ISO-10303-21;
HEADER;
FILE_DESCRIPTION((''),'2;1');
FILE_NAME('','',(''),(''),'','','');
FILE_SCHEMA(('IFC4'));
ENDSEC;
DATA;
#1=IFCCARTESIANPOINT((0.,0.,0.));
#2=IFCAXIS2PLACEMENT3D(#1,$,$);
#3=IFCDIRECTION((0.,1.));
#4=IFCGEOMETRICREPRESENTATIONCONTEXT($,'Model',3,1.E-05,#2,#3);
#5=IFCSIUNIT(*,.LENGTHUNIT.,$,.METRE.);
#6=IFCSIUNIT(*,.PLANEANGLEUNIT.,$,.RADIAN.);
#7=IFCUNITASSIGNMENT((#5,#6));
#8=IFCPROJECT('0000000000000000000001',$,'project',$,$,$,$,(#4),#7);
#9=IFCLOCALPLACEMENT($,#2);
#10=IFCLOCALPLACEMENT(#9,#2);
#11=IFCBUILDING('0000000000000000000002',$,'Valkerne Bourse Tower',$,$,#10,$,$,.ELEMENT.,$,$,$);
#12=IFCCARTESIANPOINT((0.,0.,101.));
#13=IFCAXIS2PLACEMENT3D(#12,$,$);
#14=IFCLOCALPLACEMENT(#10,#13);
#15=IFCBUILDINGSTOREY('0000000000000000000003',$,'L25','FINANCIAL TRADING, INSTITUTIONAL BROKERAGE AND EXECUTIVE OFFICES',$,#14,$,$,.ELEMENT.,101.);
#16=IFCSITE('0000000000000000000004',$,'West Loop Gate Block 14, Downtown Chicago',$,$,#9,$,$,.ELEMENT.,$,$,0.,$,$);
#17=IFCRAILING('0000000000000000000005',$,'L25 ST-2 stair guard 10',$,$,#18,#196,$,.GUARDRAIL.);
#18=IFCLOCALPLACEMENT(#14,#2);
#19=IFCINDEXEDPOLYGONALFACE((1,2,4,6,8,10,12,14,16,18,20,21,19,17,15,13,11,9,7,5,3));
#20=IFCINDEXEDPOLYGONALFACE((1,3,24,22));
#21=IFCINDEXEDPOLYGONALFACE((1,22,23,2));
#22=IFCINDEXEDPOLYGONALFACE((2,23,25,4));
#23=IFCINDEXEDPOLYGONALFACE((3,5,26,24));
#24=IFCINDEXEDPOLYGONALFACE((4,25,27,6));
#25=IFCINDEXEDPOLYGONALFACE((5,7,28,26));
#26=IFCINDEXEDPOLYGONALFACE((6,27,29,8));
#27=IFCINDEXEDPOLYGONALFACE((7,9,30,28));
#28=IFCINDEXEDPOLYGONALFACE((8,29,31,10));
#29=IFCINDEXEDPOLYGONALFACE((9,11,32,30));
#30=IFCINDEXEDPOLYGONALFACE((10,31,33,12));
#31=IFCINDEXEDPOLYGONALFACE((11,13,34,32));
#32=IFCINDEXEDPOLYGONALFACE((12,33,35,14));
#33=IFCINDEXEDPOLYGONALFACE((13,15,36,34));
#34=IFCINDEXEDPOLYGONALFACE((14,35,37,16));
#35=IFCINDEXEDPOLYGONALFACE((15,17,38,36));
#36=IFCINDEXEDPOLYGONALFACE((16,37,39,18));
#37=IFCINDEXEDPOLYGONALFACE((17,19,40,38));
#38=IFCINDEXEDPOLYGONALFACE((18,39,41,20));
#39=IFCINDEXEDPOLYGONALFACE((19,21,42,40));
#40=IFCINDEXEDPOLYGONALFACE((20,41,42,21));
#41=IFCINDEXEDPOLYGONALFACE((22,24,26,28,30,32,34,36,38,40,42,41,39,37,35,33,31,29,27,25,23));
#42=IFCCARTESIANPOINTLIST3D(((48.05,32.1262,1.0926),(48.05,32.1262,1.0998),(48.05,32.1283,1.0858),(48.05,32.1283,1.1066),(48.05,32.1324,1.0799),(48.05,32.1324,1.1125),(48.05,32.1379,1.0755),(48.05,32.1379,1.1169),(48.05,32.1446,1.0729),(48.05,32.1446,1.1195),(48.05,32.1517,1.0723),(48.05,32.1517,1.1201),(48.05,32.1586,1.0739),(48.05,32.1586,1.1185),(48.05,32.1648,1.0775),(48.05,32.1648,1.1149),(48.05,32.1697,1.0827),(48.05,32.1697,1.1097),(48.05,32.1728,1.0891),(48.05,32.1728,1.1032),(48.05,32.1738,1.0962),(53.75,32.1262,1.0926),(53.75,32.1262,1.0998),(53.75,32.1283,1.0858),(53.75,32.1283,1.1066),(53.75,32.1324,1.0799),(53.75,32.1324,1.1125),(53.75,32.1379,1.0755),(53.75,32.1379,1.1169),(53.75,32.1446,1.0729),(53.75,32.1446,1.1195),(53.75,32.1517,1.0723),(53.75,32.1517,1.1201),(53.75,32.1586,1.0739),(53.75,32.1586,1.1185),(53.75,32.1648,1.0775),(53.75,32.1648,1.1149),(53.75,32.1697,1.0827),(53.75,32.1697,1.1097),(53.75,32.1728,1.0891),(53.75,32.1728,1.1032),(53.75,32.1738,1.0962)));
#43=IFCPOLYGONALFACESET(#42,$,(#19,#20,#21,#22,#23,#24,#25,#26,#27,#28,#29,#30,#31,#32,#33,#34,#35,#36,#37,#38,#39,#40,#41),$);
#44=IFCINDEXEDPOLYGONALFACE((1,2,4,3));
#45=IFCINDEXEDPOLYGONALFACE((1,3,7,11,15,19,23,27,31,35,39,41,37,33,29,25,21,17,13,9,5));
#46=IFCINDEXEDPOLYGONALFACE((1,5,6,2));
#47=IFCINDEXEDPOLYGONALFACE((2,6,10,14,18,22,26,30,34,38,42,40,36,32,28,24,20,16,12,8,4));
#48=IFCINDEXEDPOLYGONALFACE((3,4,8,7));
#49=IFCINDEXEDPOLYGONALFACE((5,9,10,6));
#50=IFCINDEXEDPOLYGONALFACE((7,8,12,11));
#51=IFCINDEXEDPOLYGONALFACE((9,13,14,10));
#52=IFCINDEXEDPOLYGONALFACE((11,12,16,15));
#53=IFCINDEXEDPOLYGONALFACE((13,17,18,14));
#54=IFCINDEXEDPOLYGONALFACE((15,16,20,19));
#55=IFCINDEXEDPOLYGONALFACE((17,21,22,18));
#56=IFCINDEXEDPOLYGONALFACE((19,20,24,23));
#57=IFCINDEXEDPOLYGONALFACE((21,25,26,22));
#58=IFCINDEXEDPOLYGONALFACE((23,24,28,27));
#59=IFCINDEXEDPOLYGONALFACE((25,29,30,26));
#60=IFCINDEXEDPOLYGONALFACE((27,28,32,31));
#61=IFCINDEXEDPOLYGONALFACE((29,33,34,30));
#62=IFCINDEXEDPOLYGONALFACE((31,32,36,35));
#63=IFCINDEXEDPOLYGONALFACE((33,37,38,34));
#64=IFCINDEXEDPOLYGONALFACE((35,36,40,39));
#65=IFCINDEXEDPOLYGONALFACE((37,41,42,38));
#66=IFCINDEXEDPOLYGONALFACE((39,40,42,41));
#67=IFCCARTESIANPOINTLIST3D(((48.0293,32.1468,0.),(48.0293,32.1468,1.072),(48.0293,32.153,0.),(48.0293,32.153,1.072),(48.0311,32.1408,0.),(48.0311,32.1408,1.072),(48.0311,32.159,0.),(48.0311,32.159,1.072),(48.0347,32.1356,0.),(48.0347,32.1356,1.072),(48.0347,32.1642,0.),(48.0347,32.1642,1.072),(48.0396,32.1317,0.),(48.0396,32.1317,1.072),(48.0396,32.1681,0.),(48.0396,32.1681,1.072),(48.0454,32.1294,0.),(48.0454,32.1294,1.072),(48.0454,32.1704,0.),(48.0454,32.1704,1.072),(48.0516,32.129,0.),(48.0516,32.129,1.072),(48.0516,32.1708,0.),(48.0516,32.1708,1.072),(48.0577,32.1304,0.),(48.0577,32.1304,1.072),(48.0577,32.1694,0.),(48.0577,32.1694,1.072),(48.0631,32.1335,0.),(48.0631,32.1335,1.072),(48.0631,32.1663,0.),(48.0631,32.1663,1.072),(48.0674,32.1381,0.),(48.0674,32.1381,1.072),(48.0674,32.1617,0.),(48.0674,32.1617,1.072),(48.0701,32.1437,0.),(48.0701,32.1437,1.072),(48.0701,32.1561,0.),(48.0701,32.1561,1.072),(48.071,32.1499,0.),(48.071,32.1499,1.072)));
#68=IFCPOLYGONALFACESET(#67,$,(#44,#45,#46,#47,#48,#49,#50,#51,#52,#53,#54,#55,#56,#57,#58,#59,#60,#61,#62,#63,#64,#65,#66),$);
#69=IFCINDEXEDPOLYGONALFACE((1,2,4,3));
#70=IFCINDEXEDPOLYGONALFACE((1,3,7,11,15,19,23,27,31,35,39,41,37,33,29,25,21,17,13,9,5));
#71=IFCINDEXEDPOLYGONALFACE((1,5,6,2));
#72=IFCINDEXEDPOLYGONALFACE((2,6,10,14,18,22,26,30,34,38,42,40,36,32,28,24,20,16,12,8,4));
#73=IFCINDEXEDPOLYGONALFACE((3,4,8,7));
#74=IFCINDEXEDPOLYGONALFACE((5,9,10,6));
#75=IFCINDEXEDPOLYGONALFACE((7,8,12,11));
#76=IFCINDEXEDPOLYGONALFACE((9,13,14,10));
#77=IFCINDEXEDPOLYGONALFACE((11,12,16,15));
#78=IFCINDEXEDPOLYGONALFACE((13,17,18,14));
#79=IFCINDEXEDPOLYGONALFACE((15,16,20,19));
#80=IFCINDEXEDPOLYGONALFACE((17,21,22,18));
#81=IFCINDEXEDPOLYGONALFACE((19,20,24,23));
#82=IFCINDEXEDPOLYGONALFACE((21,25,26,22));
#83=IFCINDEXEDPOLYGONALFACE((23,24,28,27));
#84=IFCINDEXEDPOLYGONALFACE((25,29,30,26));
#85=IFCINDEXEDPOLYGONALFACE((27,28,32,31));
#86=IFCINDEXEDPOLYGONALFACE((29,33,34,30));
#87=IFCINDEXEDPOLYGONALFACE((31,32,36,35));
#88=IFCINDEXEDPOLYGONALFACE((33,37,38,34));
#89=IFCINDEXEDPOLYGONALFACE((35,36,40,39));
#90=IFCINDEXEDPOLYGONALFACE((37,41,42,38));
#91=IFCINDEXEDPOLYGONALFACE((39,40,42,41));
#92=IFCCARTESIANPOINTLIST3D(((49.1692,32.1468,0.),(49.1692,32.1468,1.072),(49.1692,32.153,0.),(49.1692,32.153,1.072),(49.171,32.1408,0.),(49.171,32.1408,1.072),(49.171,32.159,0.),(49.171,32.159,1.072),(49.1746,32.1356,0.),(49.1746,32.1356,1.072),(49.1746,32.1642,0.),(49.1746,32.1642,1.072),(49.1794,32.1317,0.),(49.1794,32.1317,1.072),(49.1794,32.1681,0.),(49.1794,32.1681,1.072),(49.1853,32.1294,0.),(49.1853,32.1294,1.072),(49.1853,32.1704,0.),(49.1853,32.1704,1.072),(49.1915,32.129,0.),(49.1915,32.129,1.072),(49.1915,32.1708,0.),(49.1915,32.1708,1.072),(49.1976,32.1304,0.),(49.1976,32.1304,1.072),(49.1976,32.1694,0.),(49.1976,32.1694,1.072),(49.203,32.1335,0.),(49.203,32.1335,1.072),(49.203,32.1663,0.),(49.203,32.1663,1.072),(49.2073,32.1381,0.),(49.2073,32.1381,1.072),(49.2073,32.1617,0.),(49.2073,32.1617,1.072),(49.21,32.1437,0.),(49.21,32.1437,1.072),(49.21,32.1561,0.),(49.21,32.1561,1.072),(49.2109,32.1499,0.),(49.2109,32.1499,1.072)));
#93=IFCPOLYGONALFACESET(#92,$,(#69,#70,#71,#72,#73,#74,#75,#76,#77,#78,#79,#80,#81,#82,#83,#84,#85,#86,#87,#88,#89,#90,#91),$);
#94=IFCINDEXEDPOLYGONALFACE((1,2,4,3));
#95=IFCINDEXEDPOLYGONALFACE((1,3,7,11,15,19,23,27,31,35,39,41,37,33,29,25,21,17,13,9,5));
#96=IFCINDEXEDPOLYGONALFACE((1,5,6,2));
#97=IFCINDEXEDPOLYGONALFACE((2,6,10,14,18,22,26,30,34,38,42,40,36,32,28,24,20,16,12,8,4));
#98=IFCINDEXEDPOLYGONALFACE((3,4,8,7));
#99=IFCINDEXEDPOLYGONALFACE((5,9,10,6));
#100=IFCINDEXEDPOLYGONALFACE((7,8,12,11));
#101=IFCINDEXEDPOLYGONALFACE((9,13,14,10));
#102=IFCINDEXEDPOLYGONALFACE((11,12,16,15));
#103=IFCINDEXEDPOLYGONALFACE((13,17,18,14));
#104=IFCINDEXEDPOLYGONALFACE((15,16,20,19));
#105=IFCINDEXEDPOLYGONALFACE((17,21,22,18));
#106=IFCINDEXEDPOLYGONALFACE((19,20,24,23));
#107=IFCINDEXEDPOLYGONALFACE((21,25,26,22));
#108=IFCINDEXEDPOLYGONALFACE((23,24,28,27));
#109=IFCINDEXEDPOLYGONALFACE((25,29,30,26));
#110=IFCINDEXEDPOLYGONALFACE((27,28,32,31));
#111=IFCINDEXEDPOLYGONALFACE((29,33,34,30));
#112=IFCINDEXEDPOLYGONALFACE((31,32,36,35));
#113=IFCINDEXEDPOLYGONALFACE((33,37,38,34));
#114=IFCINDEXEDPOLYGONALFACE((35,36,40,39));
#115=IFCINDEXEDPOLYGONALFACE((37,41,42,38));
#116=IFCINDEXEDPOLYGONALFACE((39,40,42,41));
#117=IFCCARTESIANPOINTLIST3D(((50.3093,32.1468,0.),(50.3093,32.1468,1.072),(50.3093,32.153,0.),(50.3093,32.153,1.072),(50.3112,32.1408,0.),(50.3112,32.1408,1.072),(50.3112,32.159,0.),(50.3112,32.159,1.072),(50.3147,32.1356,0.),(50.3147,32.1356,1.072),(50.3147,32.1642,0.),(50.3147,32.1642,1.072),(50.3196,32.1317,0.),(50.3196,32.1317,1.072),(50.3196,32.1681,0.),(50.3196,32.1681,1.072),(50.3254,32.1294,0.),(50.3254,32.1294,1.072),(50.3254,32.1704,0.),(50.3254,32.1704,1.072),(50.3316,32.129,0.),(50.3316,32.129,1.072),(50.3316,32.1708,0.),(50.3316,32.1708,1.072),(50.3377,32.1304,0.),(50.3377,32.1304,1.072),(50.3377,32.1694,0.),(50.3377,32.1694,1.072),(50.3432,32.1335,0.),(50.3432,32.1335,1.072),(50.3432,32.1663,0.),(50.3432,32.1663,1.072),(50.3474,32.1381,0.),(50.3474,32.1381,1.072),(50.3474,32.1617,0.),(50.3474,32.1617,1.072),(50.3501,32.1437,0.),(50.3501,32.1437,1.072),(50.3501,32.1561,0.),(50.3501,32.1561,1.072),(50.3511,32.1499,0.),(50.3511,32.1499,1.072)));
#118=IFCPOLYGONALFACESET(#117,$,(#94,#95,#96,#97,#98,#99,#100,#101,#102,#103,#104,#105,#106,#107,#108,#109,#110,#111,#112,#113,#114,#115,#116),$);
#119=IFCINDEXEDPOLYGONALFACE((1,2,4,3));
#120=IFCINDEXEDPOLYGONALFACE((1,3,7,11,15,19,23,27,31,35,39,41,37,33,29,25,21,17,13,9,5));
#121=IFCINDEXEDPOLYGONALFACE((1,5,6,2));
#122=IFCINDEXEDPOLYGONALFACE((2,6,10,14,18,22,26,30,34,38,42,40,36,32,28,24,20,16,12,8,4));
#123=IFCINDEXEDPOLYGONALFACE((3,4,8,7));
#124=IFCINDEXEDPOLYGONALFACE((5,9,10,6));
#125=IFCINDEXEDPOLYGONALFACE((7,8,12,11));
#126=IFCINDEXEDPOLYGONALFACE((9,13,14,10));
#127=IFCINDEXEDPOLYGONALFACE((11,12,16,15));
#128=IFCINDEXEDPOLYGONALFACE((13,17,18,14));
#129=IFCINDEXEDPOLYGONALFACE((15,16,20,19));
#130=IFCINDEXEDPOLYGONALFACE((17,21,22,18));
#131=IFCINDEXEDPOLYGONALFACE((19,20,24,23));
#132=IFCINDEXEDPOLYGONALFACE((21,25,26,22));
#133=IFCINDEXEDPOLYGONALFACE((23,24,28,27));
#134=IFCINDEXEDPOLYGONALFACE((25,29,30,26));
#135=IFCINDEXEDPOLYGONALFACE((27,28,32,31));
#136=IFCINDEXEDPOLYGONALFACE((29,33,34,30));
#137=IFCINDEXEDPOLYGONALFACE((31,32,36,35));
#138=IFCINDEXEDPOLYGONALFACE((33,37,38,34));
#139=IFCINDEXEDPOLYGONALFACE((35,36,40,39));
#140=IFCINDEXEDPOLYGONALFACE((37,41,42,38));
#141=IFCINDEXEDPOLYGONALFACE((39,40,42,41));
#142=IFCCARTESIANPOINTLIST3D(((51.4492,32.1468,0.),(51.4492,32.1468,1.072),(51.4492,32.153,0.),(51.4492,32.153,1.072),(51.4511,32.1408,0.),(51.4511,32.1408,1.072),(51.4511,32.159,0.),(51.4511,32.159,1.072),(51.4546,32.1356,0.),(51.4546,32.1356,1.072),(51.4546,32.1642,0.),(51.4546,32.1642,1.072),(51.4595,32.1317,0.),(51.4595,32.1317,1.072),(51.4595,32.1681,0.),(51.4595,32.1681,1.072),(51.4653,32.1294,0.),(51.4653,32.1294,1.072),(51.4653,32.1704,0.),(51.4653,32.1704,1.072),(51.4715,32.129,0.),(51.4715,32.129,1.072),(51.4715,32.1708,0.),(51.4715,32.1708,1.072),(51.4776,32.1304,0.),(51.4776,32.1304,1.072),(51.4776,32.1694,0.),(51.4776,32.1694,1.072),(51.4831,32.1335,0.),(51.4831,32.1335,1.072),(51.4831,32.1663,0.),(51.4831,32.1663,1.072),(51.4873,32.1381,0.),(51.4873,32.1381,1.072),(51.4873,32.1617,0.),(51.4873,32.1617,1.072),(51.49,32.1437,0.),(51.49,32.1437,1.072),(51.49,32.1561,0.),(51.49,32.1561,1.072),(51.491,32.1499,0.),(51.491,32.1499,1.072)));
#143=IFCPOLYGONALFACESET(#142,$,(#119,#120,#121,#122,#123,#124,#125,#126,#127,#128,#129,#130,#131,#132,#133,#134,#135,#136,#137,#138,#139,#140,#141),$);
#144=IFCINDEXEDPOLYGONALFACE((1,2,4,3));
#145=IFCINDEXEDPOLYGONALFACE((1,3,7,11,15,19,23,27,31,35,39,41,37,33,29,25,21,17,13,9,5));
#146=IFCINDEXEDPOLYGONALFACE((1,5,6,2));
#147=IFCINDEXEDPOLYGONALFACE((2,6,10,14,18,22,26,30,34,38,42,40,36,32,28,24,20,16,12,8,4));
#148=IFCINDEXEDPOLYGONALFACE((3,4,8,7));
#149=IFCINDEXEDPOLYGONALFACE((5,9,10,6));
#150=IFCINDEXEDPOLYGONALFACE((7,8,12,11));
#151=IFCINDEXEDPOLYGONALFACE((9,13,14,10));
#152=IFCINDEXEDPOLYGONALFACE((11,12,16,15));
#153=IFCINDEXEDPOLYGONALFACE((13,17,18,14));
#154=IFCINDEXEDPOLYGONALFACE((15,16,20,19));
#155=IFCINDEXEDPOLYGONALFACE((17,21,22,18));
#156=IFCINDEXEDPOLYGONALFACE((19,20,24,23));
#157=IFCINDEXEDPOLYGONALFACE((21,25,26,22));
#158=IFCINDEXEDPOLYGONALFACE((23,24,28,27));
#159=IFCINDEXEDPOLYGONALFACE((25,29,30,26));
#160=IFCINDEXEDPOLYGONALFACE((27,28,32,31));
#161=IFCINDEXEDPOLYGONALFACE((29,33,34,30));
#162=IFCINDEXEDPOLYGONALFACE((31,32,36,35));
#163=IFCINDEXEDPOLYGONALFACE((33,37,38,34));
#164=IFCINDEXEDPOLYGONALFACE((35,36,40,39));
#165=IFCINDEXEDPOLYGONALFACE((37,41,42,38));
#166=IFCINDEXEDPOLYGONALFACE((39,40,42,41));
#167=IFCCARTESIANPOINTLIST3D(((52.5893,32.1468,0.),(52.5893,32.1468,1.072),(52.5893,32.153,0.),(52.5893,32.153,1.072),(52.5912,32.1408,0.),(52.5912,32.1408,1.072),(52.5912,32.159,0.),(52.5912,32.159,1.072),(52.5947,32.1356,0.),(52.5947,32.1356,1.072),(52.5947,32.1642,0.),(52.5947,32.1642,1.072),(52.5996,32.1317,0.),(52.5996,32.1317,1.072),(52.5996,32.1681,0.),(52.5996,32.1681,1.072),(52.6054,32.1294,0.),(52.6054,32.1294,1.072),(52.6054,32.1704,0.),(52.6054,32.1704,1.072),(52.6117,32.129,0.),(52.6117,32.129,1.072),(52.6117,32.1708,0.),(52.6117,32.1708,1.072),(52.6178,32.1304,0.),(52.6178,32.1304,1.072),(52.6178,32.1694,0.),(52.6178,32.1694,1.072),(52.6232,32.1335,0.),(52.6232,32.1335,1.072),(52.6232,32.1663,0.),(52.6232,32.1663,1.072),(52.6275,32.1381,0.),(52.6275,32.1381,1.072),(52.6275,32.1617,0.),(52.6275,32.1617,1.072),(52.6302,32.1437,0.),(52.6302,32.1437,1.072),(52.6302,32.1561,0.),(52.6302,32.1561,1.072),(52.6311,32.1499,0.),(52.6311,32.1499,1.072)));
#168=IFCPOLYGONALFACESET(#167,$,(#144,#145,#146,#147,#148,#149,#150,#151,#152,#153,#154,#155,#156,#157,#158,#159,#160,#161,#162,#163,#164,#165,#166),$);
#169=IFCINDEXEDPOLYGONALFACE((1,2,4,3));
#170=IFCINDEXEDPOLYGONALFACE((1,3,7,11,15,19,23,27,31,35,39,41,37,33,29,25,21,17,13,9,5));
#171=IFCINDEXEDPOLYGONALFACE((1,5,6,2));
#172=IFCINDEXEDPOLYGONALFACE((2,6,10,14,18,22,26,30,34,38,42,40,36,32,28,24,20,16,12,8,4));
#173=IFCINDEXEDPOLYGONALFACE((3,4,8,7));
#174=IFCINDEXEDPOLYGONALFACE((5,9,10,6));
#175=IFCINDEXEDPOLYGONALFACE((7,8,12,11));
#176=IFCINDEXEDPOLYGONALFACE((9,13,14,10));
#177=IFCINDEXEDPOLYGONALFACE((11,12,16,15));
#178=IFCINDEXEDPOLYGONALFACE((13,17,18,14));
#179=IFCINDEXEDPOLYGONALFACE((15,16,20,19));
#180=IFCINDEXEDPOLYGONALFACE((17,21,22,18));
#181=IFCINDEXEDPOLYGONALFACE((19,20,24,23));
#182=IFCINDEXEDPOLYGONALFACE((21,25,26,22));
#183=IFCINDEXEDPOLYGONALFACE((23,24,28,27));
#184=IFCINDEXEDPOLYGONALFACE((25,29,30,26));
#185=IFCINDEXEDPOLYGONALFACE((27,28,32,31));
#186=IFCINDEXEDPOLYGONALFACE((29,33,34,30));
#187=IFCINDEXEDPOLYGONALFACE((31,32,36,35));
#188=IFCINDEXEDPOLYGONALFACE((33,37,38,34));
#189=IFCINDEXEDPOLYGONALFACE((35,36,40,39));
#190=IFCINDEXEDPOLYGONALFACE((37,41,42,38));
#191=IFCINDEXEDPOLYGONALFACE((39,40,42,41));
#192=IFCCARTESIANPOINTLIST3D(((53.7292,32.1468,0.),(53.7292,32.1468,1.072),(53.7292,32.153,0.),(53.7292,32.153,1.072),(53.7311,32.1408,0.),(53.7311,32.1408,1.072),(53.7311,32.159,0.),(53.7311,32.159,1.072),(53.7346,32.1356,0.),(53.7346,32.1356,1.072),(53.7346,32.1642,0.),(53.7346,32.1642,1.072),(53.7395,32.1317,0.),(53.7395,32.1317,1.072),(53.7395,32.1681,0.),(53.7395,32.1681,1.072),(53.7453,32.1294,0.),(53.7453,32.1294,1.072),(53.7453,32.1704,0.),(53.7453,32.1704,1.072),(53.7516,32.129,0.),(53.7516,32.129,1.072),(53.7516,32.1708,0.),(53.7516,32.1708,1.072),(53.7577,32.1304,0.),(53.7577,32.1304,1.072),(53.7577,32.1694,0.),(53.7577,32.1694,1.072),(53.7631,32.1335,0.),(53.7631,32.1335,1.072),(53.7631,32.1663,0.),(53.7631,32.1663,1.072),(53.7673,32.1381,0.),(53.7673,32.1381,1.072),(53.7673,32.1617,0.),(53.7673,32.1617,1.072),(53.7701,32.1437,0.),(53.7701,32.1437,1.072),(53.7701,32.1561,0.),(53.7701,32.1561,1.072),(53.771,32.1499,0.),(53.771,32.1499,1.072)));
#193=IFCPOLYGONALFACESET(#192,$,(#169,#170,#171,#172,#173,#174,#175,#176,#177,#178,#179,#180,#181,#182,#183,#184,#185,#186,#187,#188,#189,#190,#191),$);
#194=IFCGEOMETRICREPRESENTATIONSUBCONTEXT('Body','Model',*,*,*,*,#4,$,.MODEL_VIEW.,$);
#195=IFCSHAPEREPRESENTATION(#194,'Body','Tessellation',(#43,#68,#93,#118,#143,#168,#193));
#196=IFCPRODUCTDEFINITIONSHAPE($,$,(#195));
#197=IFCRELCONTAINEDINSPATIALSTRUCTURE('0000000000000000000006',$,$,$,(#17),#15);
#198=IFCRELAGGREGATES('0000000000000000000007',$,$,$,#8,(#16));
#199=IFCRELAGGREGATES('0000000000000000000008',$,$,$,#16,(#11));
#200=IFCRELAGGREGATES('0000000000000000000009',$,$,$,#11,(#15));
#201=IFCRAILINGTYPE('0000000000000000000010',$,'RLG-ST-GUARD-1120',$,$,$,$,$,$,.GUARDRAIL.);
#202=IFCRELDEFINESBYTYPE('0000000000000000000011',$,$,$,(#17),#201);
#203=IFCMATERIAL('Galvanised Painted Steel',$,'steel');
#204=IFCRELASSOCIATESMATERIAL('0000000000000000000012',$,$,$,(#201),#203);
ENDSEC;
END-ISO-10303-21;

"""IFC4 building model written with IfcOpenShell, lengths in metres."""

from ifc_helpers import new_model, si_unit, direction, frame, origin, origin_2d, place, context, subcontext, project, spatial, circle, extrude, material, type_object, element, save


model = new_model("IFC4")

# Units and contexts
model_context = context("Model", 3, precision=1e-05, world=origin(), true_north=direction((0.0, 1.0)))
body_context = subcontext(model_context, "Body", "Model", "MODEL_VIEW")
ifc_project = project(units=[si_unit("LENGTHUNIT", "METRE"), si_unit("PLANEANGLEUNIT", "RADIAN")], contexts=[model_context])

# Site, building, storey
site_placement = place(None, origin())
site = spatial("IfcSite", under=ifc_project, at=site_placement, Name="West Loop Gate Block 14, Downtown Chicago", CompositionType="ELEMENT", RefElevation=0.0)
building_placement = place(site_placement, origin())
building = spatial("IfcBuilding", under=site, at=building_placement, Name="Valkerne Bourse Tower", CompositionType="ELEMENT")
storey_placement = place(building_placement, frame((0.0, 0.0, 101.0)))
storey = spatial("IfcBuildingStorey", under=building, at=storey_placement, Name="L25", Description="FINANCIAL TRADING, INSTITUTIONAL BROKERAGE AND EXECUTIVE OFFICES", CompositionType="ELEMENT", Elevation=101.0)

# Shared definitions
ifc_material_1 = material(Name="Galvanised Painted Steel", Category="steel")

# Railing
railing_type_1 = type_object("IfcRailingType", Name="RLG-ST-GUARD-1120", PredefinedType="GUARDRAIL", material=ifc_material_1)
for number, where, name in (
    (1, (48.05, 32.1499, 0.0), "L25 ST-2 stair guard 10"),
):
    element("IfcRailing", number, at=place(storey_placement, frame(where)), inside=storey, type_object=railing_type_1, Name=name, PredefinedType="GUARDRAIL", context=body_context, shape_type="SweptSolid", body=[
        extrude(circle(Radius=0.0239, at=origin_2d()), frame((0.0, 0.0, 1.0962), z_axis=(1.0, 0.0, 0.0), x_axis=(0.0, 1.0, 0.0)), (0.0, 0.0, 1.0), 5.7),
        extrude(circle(Radius=0.021, at=origin_2d()), origin(), (0.0, 0.0, 1.0), 1.072),
        extrude(circle(Radius=0.021, at=origin_2d()), frame((1.1399, 0.0, 0.0)), (0.0, 0.0, 1.0), 1.072),
        extrude(circle(Radius=0.021, at=origin_2d()), frame((2.28, 0.0, 0.0)), (0.0, 0.0, 1.0), 1.072),
        extrude(circle(Radius=0.021, at=origin_2d()), frame((3.4199, 0.0, 0.0)), (0.0, 0.0, 1.0), 1.072),
        extrude(circle(Radius=0.021, at=origin_2d()), frame((4.5601, 0.0, 0.0)), (0.0, 0.0, 1.0), 1.072),
        extrude(circle(Radius=0.021, at=origin_2d()), frame((5.7, 0.0, 0.0)), (0.0, 0.0, 1.0), 1.072),
    ])

save(model, "model.ifc")
